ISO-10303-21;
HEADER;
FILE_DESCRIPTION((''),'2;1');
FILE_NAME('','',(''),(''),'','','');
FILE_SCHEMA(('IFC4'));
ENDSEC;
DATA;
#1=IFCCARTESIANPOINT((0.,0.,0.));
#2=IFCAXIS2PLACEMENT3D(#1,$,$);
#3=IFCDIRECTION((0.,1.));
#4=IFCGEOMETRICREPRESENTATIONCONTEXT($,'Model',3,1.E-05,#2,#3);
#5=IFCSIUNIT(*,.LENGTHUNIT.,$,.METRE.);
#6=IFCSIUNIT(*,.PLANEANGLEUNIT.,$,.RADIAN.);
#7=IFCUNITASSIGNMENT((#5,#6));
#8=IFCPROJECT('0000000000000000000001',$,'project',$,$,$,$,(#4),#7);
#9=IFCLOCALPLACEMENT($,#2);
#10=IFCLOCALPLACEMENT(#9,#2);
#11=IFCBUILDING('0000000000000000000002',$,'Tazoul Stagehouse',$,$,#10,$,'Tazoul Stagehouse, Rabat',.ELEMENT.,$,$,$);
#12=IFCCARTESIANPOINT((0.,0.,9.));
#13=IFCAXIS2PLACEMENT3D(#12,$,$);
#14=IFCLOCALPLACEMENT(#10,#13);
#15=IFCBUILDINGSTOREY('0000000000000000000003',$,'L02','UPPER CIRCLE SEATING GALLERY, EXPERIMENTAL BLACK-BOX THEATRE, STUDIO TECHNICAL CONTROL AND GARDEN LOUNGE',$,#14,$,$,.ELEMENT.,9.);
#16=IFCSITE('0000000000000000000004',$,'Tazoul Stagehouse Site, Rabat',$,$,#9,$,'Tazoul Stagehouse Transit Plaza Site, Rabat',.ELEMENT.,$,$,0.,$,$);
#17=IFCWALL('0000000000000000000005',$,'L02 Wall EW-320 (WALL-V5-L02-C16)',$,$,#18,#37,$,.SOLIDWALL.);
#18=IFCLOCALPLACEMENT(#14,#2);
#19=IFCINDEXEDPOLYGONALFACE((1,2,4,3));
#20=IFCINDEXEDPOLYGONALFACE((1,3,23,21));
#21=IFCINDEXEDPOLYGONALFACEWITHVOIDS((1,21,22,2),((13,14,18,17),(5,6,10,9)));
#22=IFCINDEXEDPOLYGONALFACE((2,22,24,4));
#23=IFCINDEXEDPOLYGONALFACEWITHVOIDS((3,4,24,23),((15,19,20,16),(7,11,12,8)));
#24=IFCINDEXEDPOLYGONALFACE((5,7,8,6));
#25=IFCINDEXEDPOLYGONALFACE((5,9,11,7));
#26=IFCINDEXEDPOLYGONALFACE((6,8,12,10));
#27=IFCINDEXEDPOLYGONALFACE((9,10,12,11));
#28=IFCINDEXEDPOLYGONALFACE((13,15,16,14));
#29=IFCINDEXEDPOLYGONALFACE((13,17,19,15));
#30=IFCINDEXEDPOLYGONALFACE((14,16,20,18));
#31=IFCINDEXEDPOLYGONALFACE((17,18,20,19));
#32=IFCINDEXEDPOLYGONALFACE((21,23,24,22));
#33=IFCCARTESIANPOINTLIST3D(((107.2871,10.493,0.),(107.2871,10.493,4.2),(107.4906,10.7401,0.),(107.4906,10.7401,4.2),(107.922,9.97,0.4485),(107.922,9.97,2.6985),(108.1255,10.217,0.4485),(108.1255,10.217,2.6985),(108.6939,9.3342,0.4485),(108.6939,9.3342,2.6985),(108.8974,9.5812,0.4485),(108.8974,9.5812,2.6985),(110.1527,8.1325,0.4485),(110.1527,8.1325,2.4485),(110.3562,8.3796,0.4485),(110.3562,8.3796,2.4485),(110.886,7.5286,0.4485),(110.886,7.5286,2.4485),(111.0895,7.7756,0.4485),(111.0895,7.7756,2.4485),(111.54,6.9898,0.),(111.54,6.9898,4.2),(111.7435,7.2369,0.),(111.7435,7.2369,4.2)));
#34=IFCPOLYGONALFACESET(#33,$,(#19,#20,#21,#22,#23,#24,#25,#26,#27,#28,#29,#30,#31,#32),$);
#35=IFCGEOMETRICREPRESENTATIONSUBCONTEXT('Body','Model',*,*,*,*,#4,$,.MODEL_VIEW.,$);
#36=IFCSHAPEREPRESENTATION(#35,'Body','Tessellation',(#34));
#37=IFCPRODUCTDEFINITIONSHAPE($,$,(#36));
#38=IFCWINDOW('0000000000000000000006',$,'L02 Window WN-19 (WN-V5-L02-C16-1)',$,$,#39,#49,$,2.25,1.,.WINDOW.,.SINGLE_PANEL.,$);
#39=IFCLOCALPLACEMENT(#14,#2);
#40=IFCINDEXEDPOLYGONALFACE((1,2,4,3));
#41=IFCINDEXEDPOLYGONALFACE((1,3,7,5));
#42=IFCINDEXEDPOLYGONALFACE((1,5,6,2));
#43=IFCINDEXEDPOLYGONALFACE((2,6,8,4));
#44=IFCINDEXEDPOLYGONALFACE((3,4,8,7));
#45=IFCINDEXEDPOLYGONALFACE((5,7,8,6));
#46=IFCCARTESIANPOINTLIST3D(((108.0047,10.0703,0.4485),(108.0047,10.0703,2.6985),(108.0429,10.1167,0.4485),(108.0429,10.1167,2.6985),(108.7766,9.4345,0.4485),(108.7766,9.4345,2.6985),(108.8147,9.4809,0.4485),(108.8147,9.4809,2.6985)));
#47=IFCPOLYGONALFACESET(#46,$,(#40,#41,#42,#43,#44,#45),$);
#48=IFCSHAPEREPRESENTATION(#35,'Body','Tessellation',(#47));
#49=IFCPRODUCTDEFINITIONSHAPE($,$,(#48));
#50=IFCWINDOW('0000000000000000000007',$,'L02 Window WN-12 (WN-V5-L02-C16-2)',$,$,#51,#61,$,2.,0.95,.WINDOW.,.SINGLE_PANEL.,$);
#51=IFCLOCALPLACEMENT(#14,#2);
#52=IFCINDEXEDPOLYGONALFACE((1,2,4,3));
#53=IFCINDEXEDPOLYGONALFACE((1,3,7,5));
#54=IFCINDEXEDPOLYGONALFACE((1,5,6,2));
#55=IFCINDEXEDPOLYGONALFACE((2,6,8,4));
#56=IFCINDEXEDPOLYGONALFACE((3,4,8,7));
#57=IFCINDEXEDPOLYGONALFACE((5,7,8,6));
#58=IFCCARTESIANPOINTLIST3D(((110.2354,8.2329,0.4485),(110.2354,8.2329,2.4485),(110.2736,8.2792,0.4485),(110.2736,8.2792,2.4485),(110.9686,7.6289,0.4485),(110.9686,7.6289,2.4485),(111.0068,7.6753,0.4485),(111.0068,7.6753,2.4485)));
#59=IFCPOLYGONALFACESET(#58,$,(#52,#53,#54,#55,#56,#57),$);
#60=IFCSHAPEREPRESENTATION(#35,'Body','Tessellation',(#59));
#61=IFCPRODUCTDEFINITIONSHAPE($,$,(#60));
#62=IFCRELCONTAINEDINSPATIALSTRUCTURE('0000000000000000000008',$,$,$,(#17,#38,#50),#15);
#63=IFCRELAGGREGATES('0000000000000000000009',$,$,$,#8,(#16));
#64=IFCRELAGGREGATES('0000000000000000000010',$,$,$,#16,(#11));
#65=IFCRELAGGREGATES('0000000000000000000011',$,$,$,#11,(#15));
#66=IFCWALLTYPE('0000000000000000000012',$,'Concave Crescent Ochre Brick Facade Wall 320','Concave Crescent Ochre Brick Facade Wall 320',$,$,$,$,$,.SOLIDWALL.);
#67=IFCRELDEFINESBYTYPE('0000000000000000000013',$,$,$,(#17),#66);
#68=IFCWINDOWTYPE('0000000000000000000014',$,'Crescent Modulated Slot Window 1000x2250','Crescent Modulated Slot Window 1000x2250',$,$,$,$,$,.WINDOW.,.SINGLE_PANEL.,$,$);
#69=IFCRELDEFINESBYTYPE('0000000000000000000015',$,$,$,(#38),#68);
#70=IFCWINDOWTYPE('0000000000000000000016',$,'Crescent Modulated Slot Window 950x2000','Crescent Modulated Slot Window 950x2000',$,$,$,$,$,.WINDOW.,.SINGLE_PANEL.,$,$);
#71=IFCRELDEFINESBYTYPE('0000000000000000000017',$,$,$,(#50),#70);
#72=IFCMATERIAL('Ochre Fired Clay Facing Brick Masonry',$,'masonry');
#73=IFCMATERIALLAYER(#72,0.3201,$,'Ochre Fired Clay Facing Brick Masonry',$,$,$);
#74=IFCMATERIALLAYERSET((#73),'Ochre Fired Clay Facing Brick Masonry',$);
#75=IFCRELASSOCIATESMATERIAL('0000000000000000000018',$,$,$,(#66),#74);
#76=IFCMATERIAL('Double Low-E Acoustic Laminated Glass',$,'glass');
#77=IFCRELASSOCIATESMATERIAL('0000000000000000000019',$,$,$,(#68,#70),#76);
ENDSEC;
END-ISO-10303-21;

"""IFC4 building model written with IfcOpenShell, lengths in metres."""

from ifc_helpers import new_model, si_unit, direction, frame, frame_2d, origin, place, context, subcontext, project, spatial, rectangle, extrude, material, layer, layer_set, type_object, element, fill, save


model = new_model("IFC4")

# Units and contexts
model_context = context("Model", 3, precision=1e-05, world=origin(), true_north=direction((0.0, 1.0)))
body_context = subcontext(model_context, "Body", "Model", "MODEL_VIEW")
ifc_project = project(units=[si_unit("LENGTHUNIT", "METRE"), si_unit("PLANEANGLEUNIT", "RADIAN")], contexts=[model_context])

# Site, building, storey
site_placement = place(None, origin())
site = spatial("IfcSite", under=ifc_project, at=site_placement, Name="Tazoul Stagehouse Site, Rabat", LongName="Tazoul Stagehouse Transit Plaza Site, Rabat", CompositionType="ELEMENT", RefElevation=0.0)
building_placement = place(site_placement, origin())
building = spatial("IfcBuilding", under=site, at=building_placement, Name="Tazoul Stagehouse", LongName="Tazoul Stagehouse, Rabat", CompositionType="ELEMENT")
storey_placement = place(building_placement, frame((0.0, 0.0, 9.0)))
storey = spatial("IfcBuildingStorey", under=building, at=storey_placement, Name="L02", Description="UPPER CIRCLE SEATING GALLERY, EXPERIMENTAL BLACK-BOX THEATRE, STUDIO TECHNICAL CONTROL AND GARDEN LOUNGE", CompositionType="ELEMENT", Elevation=9.0)

# Wall, openings, windows
ifc_material_1 = material(Name="Ochre Fired Clay Facing Brick Masonry", Category="masonry")
ifc_layer = layer(ifc_material_1, 0.3201, Name="Ochre Fired Clay Facing Brick Masonry")
ifc_layer_set = layer_set([ifc_layer], Name="Ochre Fired Clay Facing Brick Masonry")
wall_type = type_object("IfcWallType", Name="Concave Crescent Ochre Brick Facade Wall 320", Description="Concave Crescent Ochre Brick Facade Wall 320", PredefinedType="SOLIDWALL", material=ifc_layer_set)
ifc_material_2 = material(Name="Double Low-E Acoustic Laminated Glass", Category="glass")
wall_1_placement = place(storey_placement, frame((107.3889, 10.6165, 0.0), z_axis=(0.0, 0.0, 1.0), x_axis=(0.771862, -0.63579, 0.0)))
wall_1 = element("IfcWall", 1, at=wall_1_placement, inside=storey, type_object=wall_type, Name="L02 Wall EW-320 (WALL-V5-L02-C16)", PredefinedType="SOLIDWALL", context=body_context, shape_type="SweptSolid", body=[
    extrude(rectangle(XDim=5.51, YDim=0.3201, at=frame_2d((2.7549, 0.0))), origin(), (0.0, 0.0, 1.0), 4.2),
])
opening_1_placement = place(wall_1_placement, frame((0.8225, 0.0, 0.4485)))
opening_1 = element("IfcOpeningElement", 2, at=opening_1_placement, cuts=wall_1, PredefinedType="OPENING", context=body_context, shape_type="SweptSolid", body=[
    extrude(rectangle(XDim=1.0, YDim=2.25, at=frame_2d((0.5, 1.125))), frame((0.0, 0.1799, 0.0), z_axis=(0.0, -1.0, 0.0), x_axis=(1.0, 0.0, 0.0)), (0.0, 0.0, 1.0), 0.3601),
])
opening_2_placement = place(wall_1_placement, frame((3.7124, 0.0, 0.4485)))
opening_2 = element("IfcOpeningElement", 3, at=opening_2_placement, cuts=wall_1, PredefinedType="OPENING", context=body_context, shape_type="SweptSolid", body=[
    extrude(rectangle(XDim=0.95, YDim=2.0, at=frame_2d((0.4751, 1.0))), frame((0.0, 0.1799, 0.0), z_axis=(0.0, -1.0, 0.0), x_axis=(1.0, 0.0, 0.0)), (0.0, 0.0, 1.0), 0.3601),
])
window_type_1 = type_object("IfcWindowType", Name="Crescent Modulated Slot Window 1000x2250", Description="Crescent Modulated Slot Window 1000x2250", PartitioningType="SINGLE_PANEL", PredefinedType="WINDOW", material=ifc_material_2)
window_1_placement = place(opening_1_placement, origin())
window_1 = element("IfcWindow", 4, at=window_1_placement, inside=storey, type_object=window_type_1, Name="L02 Window WN-19 (WN-V5-L02-C16-1)", OverallHeight=2.25, OverallWidth=1.0, PartitioningType="SINGLE_PANEL", PredefinedType="WINDOW", context=body_context, shape_type="SweptSolid", body=[
    extrude(rectangle(XDim=1.0, YDim=2.25, at=frame_2d((0.5, 1.125))), frame((0.0, 0.03, 0.0), z_axis=(0.0, -1.0, 0.0), x_axis=(1.0, 0.0, 0.0)), (0.0, 0.0, 1.0), 0.0601),
])
fill(opening_1, window_1)
window_type_2 = type_object("IfcWindowType", Name="Crescent Modulated Slot Window 950x2000", Description="Crescent Modulated Slot Window 950x2000", PartitioningType="SINGLE_PANEL", PredefinedType="WINDOW", material=ifc_material_2)
window_2_placement = place(opening_2_placement, origin())
window_2 = element("IfcWindow", 5, at=window_2_placement, inside=storey, type_object=window_type_2, Name="L02 Window WN-12 (WN-V5-L02-C16-2)", OverallHeight=2.0, OverallWidth=0.95, PartitioningType="SINGLE_PANEL", PredefinedType="WINDOW", context=body_context, shape_type="SweptSolid", body=[
    extrude(rectangle(XDim=0.95, YDim=2.0, at=frame_2d((0.4751, 1.0))), frame((0.0, 0.03, 0.0), z_axis=(0.0, -1.0, 0.0), x_axis=(1.0, 0.0, 0.0)), (0.0, 0.0, 1.0), 0.0601),
])
fill(opening_2, window_2)

save(model, "model.ifc")
